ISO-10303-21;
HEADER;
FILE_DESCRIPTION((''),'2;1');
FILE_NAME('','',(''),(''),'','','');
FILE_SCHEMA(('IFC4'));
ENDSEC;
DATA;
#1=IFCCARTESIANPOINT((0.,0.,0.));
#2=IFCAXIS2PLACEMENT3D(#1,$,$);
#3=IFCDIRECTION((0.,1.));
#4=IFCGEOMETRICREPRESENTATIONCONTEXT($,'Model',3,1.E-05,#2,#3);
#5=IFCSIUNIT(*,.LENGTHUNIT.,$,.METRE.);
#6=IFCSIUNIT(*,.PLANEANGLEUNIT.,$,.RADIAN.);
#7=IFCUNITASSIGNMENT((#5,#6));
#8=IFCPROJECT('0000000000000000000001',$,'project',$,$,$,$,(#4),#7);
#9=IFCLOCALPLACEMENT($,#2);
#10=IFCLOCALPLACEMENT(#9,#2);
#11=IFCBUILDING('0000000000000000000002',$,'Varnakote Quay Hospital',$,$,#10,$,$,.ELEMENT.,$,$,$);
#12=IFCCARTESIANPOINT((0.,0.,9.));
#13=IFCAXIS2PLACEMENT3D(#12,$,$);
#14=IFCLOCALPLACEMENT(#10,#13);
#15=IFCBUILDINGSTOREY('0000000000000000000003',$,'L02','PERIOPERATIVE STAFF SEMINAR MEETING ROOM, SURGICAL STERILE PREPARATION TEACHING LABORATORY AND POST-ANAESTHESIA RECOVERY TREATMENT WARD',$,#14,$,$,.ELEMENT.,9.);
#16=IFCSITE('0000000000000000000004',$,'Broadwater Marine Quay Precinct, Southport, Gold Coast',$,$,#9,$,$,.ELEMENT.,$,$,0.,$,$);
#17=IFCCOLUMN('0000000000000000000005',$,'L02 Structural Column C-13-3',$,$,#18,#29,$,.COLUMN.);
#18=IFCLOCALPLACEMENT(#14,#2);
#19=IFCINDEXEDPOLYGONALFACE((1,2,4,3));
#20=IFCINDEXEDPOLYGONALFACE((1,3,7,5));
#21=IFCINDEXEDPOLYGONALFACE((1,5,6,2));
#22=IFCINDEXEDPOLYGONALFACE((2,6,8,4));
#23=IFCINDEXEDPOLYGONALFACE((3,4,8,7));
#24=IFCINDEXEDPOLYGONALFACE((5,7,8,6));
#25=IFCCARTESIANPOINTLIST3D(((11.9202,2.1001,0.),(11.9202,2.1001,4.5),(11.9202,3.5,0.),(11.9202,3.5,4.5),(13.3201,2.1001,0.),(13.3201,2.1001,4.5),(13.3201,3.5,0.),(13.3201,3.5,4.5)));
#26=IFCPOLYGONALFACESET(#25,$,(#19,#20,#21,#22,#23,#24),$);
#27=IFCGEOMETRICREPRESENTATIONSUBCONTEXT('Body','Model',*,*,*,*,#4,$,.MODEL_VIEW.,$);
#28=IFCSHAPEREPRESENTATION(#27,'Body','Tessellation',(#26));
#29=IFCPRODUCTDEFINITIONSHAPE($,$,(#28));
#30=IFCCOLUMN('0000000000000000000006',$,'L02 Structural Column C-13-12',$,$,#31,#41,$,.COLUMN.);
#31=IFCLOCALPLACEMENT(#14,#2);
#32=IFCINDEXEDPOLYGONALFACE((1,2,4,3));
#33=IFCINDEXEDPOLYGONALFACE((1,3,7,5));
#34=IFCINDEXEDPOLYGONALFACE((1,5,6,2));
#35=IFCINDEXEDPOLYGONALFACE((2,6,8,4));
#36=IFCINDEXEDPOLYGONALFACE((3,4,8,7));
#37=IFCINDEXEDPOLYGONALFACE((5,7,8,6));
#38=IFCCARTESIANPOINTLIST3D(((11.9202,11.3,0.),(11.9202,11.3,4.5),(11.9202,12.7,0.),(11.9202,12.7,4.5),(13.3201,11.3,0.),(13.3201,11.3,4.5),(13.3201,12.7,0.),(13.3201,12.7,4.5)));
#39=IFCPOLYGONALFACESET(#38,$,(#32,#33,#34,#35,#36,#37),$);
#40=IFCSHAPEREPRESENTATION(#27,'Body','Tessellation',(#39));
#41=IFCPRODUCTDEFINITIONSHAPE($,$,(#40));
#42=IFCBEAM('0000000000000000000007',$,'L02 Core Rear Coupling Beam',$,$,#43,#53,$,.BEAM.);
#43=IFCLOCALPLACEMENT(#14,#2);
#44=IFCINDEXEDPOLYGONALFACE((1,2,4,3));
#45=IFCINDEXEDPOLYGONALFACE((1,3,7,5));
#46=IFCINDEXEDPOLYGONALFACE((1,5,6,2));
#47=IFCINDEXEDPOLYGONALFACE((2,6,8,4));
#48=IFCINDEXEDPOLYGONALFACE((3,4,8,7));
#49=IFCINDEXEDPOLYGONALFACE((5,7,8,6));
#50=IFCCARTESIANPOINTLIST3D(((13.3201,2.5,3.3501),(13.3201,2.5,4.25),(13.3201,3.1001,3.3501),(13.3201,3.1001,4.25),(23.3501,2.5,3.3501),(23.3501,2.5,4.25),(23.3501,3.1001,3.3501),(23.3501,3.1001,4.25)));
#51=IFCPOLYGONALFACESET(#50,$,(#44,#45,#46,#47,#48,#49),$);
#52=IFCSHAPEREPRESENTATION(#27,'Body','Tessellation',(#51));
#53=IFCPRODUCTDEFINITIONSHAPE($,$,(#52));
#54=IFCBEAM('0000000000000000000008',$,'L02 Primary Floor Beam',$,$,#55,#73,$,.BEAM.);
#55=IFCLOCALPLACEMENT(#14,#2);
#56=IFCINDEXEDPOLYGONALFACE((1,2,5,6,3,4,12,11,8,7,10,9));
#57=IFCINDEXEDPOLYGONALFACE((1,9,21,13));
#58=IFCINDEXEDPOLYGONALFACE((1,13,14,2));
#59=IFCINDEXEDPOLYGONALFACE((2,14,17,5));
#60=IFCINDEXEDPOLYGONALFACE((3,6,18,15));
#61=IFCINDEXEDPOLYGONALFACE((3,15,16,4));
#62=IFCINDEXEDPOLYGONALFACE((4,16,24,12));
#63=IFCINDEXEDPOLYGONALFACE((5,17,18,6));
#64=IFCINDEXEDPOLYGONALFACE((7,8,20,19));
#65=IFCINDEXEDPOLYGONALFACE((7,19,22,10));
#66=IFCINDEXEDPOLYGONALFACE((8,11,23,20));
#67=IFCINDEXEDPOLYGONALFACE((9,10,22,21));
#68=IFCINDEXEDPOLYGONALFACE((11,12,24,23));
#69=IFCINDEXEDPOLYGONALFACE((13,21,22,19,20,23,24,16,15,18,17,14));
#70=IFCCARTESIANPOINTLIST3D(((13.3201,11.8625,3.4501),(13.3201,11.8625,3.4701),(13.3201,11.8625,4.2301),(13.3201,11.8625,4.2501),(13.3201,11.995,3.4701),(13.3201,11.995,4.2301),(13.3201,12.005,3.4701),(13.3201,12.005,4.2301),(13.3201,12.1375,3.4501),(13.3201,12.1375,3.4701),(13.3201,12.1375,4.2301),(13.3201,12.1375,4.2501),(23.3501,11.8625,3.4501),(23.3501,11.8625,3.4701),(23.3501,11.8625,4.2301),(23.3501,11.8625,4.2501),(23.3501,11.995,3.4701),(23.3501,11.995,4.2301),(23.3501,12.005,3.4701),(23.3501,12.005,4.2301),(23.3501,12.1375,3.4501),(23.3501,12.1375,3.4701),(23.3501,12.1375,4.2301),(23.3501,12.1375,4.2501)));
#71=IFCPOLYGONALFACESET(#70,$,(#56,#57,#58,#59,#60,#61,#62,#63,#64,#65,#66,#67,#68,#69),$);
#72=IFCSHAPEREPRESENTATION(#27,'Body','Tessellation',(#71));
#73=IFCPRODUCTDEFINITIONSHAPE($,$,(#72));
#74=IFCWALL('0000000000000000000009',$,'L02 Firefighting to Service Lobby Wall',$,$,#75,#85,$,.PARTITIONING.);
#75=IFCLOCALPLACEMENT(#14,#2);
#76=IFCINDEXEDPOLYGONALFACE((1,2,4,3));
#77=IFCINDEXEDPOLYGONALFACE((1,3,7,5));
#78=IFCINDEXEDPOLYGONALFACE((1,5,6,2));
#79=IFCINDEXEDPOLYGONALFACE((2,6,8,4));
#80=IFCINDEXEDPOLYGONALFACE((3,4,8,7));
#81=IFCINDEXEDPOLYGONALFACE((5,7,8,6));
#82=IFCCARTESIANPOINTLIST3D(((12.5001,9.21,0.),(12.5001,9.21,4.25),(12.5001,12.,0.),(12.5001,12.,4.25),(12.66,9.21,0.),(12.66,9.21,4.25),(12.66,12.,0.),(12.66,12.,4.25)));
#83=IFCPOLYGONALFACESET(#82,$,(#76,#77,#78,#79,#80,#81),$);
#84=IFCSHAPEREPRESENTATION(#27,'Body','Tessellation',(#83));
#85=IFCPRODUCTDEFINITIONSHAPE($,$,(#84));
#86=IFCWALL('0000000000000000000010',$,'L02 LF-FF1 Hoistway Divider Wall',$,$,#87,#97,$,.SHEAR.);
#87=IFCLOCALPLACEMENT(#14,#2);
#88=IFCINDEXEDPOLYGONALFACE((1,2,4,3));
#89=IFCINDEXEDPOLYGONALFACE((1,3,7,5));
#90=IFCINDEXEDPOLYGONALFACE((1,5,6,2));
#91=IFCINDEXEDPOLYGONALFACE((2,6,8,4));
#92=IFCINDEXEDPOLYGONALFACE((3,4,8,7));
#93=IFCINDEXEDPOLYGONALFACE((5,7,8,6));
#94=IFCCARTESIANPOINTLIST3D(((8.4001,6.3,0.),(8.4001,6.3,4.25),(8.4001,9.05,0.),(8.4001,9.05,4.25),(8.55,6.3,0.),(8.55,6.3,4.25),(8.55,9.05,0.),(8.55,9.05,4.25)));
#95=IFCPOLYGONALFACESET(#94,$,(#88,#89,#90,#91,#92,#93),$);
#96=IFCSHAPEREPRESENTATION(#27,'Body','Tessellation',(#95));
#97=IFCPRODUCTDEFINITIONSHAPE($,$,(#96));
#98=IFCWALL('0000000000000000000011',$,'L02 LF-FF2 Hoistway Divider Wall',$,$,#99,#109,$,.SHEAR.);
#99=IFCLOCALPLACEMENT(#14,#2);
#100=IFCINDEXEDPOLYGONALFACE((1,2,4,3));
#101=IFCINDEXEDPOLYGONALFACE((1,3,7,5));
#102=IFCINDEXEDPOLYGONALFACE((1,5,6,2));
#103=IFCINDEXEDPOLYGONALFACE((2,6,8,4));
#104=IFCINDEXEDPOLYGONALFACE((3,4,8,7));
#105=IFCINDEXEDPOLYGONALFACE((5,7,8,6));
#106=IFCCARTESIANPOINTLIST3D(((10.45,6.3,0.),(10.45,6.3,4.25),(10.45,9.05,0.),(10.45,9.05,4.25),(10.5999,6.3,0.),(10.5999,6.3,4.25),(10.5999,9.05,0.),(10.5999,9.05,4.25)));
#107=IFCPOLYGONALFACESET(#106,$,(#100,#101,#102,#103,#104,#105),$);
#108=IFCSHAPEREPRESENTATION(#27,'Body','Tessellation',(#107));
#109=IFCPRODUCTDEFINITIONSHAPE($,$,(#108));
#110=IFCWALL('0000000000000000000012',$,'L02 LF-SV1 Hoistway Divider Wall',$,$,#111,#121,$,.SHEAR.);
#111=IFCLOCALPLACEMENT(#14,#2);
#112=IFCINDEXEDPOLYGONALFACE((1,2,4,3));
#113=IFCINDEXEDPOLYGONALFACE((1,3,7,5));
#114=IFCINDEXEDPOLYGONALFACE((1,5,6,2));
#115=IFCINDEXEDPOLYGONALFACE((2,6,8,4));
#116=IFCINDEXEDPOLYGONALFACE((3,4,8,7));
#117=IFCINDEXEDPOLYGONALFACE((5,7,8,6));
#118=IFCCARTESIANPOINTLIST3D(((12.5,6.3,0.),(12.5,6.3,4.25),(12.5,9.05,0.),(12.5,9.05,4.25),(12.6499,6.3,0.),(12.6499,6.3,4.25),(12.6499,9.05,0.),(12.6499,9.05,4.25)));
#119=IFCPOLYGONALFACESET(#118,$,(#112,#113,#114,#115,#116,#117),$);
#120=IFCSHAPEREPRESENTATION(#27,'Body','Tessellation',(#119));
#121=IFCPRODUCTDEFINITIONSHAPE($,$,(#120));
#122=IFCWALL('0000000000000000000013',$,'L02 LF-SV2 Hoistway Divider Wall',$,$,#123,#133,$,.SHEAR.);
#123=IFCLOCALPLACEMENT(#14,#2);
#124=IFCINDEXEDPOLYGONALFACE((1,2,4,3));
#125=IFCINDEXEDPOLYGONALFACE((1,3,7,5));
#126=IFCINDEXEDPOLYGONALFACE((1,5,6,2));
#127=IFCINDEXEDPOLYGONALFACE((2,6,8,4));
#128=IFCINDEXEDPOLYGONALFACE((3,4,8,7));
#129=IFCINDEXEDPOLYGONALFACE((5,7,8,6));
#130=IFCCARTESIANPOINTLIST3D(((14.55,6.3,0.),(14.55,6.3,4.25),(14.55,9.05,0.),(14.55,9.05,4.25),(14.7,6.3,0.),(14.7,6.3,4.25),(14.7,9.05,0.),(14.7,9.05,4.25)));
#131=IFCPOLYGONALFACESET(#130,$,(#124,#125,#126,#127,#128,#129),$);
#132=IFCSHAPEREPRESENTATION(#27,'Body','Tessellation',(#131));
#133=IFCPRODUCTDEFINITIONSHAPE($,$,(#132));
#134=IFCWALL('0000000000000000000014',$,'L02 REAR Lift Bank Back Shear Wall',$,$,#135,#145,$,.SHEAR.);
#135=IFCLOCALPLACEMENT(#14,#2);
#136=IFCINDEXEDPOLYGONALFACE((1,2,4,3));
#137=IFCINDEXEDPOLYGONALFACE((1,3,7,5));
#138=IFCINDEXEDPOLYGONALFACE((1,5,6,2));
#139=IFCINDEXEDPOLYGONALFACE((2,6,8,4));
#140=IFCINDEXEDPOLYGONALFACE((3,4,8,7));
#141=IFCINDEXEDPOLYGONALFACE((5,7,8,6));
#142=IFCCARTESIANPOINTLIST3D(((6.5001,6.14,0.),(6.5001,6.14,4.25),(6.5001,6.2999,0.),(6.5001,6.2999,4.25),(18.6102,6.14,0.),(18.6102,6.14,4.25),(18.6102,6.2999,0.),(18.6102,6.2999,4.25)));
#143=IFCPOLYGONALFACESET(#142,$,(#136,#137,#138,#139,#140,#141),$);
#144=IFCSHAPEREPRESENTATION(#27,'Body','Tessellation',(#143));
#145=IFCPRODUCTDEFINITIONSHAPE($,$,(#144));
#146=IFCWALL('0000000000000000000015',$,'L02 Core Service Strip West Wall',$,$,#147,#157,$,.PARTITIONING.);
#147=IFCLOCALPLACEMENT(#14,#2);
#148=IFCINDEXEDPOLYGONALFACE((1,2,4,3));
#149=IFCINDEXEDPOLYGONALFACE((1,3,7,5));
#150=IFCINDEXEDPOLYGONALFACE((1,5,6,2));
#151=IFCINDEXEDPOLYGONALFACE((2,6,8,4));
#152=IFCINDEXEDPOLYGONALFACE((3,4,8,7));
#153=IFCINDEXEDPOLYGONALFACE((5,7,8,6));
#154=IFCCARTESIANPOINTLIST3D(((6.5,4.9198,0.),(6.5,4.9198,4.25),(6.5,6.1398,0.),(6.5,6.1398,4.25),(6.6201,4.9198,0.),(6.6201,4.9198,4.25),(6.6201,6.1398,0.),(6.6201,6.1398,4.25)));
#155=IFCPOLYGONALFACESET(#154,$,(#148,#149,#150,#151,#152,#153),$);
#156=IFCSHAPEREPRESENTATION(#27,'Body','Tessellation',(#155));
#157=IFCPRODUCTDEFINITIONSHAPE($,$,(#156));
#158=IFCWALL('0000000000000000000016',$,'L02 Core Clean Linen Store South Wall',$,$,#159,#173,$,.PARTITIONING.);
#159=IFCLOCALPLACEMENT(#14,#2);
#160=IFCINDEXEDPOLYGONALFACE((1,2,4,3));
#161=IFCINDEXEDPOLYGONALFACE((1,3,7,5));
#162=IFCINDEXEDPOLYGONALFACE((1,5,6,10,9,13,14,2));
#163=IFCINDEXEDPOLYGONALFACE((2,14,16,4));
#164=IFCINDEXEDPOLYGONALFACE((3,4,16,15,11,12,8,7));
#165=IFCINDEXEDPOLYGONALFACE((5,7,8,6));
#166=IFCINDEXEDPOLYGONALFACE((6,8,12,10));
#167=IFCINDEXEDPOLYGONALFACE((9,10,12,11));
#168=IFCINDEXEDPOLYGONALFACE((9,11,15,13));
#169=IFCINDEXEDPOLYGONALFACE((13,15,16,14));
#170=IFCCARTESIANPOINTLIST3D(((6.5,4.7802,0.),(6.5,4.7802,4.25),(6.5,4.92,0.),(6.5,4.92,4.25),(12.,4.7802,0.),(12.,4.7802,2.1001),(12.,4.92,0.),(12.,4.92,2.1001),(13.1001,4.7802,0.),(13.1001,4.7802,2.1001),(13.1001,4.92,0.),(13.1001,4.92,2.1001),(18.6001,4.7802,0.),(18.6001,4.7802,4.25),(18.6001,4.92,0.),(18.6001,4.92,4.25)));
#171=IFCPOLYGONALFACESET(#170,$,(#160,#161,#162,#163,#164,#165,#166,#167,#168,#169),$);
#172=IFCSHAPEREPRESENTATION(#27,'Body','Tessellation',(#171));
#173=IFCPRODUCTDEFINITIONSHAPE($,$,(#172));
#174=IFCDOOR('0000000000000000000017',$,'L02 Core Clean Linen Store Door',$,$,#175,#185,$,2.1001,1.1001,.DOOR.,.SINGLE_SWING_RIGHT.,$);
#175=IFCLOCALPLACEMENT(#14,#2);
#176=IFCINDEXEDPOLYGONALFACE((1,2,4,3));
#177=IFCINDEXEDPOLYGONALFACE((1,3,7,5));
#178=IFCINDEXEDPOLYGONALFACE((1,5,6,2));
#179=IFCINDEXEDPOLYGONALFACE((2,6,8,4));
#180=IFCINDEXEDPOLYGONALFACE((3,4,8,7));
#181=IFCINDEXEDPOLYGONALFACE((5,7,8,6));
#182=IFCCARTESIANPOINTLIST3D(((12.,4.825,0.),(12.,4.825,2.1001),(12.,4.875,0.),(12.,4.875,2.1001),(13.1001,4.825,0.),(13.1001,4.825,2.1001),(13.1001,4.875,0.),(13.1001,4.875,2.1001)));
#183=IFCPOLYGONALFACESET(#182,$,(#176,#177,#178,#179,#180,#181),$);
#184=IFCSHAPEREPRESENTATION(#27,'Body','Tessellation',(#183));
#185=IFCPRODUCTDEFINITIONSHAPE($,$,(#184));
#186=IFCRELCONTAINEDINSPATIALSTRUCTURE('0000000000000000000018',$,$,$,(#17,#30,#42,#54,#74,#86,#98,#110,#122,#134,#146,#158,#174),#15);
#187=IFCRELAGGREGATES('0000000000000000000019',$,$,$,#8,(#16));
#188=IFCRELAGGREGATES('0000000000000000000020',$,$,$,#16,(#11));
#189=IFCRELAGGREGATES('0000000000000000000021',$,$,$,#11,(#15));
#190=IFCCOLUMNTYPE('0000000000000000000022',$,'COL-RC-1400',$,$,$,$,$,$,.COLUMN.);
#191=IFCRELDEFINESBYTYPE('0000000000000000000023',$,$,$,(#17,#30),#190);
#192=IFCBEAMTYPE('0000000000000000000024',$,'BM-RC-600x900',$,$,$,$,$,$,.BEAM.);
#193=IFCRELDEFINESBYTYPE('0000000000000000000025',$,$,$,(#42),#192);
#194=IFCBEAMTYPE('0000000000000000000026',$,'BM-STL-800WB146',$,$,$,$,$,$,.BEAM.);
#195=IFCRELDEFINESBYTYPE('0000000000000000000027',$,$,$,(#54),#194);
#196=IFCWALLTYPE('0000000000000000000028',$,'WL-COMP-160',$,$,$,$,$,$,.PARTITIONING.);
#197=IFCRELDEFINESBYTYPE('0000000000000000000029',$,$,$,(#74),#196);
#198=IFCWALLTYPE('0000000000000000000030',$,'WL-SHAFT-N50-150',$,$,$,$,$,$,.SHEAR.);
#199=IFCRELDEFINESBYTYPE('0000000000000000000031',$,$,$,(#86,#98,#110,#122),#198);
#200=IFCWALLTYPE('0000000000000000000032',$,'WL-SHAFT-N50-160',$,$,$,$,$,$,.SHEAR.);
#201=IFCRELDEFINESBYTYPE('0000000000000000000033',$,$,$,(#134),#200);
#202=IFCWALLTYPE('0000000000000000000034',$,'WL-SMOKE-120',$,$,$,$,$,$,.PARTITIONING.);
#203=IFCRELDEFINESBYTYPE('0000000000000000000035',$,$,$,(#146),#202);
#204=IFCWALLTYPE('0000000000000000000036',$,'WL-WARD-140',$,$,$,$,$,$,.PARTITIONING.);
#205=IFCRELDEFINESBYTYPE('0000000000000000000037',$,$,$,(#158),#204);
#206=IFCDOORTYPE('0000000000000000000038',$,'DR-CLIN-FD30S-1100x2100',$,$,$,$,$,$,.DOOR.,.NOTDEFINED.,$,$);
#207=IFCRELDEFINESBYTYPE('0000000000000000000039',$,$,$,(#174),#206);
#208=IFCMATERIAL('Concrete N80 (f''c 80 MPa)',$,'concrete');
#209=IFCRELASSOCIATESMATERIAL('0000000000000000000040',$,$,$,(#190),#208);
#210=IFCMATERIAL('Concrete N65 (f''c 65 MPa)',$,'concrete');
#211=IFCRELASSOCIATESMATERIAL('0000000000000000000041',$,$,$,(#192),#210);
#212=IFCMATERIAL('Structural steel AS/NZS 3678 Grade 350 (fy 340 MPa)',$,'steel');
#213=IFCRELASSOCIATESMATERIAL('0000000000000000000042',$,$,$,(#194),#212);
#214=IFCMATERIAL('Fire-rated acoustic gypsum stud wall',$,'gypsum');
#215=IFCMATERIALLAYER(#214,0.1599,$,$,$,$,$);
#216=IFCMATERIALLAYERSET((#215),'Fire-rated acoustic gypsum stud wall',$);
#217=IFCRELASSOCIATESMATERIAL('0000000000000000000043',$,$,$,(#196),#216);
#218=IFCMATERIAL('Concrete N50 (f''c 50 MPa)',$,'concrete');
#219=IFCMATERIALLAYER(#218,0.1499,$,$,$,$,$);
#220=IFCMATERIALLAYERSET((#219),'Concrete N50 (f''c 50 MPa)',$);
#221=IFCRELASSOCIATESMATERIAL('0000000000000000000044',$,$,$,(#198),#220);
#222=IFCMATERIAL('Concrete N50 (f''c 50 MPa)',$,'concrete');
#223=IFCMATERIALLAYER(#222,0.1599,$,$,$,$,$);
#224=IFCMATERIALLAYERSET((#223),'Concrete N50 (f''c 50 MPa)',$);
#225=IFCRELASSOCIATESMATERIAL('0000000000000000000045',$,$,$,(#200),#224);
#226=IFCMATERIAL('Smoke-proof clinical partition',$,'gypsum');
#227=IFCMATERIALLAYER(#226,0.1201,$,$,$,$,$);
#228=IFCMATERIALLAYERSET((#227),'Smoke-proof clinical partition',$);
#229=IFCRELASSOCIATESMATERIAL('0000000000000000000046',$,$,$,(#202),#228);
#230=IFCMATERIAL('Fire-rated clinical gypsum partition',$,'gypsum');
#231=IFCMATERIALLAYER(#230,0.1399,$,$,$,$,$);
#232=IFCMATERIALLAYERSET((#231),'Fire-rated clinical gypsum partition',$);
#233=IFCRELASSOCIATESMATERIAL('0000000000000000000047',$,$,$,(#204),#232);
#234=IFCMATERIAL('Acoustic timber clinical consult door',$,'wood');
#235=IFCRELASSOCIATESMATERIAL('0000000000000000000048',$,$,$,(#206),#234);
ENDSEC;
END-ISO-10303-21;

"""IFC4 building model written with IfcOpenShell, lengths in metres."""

from ifc_helpers import new_model, si_unit, direction, frame, frame_2d, origin, origin_2d, place, context, subcontext, project, spatial, rectangle, i_section, extrude, material, layer, layer_set, material_profile, profile_set, type_object, element, fill, save


model = new_model("IFC4")

# Units and contexts
model_context = context("Model", 3, precision=1e-05, world=origin(), true_north=direction((0.0, 1.0)))
body_context = subcontext(model_context, "Body", "Model", "MODEL_VIEW")
ifc_project = project(units=[si_unit("LENGTHUNIT", "METRE"), si_unit("PLANEANGLEUNIT", "RADIAN")], contexts=[model_context])

# Site, building, storey
site_placement = place(None, origin())
site = spatial("IfcSite", under=ifc_project, at=site_placement, Name="Broadwater Marine Quay Precinct, Southport, Gold Coast", CompositionType="ELEMENT", RefElevation=0.0)
building_placement = place(site_placement, origin())
building = spatial("IfcBuilding", under=site, at=building_placement, Name="Varnakote Quay Hospital", CompositionType="ELEMENT")
storey_placement = place(building_placement, frame((0.0, 0.0, 9.0)))
storey = spatial("IfcBuildingStorey", under=building, at=storey_placement, Name="L02", Description="PERIOPERATIVE STAFF SEMINAR MEETING ROOM, SURGICAL STERILE PREPARATION TEACHING LABORATORY AND POST-ANAESTHESIA RECOVERY TREATMENT WARD", CompositionType="ELEMENT", Elevation=9.0)

# Columns
ifc_material_1 = material(Name="Concrete N80 (f'c 80 MPa)", Category="concrete")
ifc_material_profile_1 = material_profile(ifc_material_1, rectangle(XDim=1.3999, YDim=1.3999, at=origin_2d()), Name="RC-COL-1400x1400")
ifc_profile_set_1 = profile_set([ifc_material_profile_1], Name="Concrete N80 (f'c 80 MPa)")
column_type = type_object("IfcColumnType", Name="COL-RC-1400", PredefinedType="COLUMN", material=ifc_profile_set_1)
for number, where, z_axis, x_axis, name in (
    (1, (12.6201, 2.8, 0.0), (0.0, 0.0, 1.0), (1.0, 0.0, 0.0), "L02 Structural Column C-13-3"),
    (2, (12.6201, 12.0, 0.0), (0.0, 0.0, 1.0), (1.0, 0.0, 0.0), "L02 Structural Column C-13-12"),
):
    element("IfcColumn", number, at=place(storey_placement, frame(where, z_axis=z_axis, x_axis=x_axis)), inside=storey, type_object=column_type, Name=name, PredefinedType="COLUMN", context=body_context, shape_type="SweptSolid", body=[
        extrude(rectangle(XDim=1.3999, YDim=1.3999, at=origin_2d()), origin(), (0.0, 0.0, 1.0), 4.5),
    ])

# Beams
ifc_material_2 = material(Name="Concrete N65 (f'c 65 MPa)", Category="concrete")
ifc_material_profile_2 = material_profile(ifc_material_2, rectangle(XDim=0.6001, YDim=0.8999, at=origin_2d()), Name="RC-BM-600x900")
ifc_profile_set_2 = profile_set([ifc_material_profile_2], Name="Concrete N65 (f'c 65 MPa)")
beam_type_1 = type_object("IfcBeamType", Name="BM-RC-600x900", PredefinedType="BEAM", material=ifc_profile_set_2)
beam_1_placement = place(storey_placement, frame((13.3201, 2.8, 3.8), z_axis=(1.0, 0.0, 0.0), x_axis=(0.0, 1.0, 0.0)))
element("IfcBeam", 3, at=beam_1_placement, inside=storey, type_object=beam_type_1, Name="L02 Core Rear Coupling Beam", PredefinedType="BEAM", context=body_context, shape_type="SweptSolid", body=[
    extrude(rectangle(XDim=0.6001, YDim=0.8999, at=origin_2d()), origin(), (0.0, 0.0, 1.0), 10.03),
])
ifc_material_3 = material(Name="Structural steel AS/NZS 3678 Grade 350 (fy 340 MPa)", Category="steel")
ifc_material_profile_3 = material_profile(ifc_material_3, i_section(OverallWidth=0.2749, OverallDepth=0.8, WebThickness=0.01, FlangeThickness=0.02, at=origin_2d()), Name="800WB146")
ifc_profile_set_3 = profile_set([ifc_material_profile_3], Name="Structural steel AS/NZS 3678 Grade 350 (fy 340 MPa)")
beam_type_2 = type_object("IfcBeamType", Name="BM-STL-800WB146", PredefinedType="BEAM", material=ifc_profile_set_3)
beam_2_placement = place(storey_placement, frame((13.3201, 12.0, 3.8501), z_axis=(1.0, 0.0, 0.0), x_axis=(0.0, 1.0, 0.0)))
element("IfcBeam", 4, at=beam_2_placement, inside=storey, type_object=beam_type_2, Name="L02 Primary Floor Beam", PredefinedType="BEAM", context=body_context, shape_type="SweptSolid", body=[
    extrude(i_section(OverallWidth=0.2749, OverallDepth=0.8, WebThickness=0.01, FlangeThickness=0.02, at=origin_2d()), origin(), (0.0, 0.0, 1.0), 10.03),
])

# Walls
ifc_material_4 = material(Name="Fire-rated acoustic gypsum stud wall", Category="gypsum")
ifc_layer_1 = layer(ifc_material_4, 0.1599)
ifc_layer_set_1 = layer_set([ifc_layer_1], Name="Fire-rated acoustic gypsum stud wall")
wall_type_1 = type_object("IfcWallType", Name="WL-COMP-160", PredefinedType="PARTITIONING", material=ifc_layer_set_1)
wall_1_placement = place(storey_placement, frame((12.5801, 9.21, 0.0), z_axis=(0.0, 0.0, 1.0), x_axis=(0.0, 1.0, 0.0)))
element("IfcWall", 5, at=wall_1_placement, inside=storey, type_object=wall_type_1, Name="L02 Firefighting to Service Lobby Wall", PredefinedType="PARTITIONING", context=body_context, shape_type="SweptSolid", body=[
    extrude(rectangle(XDim=2.79, YDim=0.1599, at=frame_2d((1.395, 0.0))), origin(), (0.0, 0.0, 1.0), 4.25),
])
ifc_material_5 = material(Name="Concrete N50 (f'c 50 MPa)", Category="concrete")
ifc_layer_2 = layer(ifc_material_5, 0.1499)
ifc_layer_set_2 = layer_set([ifc_layer_2], Name="Concrete N50 (f'c 50 MPa)")
wall_type_2 = type_object("IfcWallType", Name="WL-SHAFT-N50-150", PredefinedType="SHEAR", material=ifc_layer_set_2)
for number, where, z_axis, x_axis, name in (
    (6, (8.4751, 6.3, 0.0), (0.0, 0.0, 1.0), (0.0, 1.0, 0.0), "L02 LF-FF1 Hoistway Divider Wall"),
    (7, (10.5249, 6.3, 0.0), (0.0, 0.0, 1.0), (0.0, 1.0, 0.0), "L02 LF-FF2 Hoistway Divider Wall"),
    (8, (12.575, 6.3, 0.0), (0.0, 0.0, 1.0), (0.0, 1.0, 0.0), "L02 LF-SV1 Hoistway Divider Wall"),
    (9, (14.625, 6.3, 0.0), (0.0, 0.0, 1.0), (0.0, 1.0, 0.0), "L02 LF-SV2 Hoistway Divider Wall"),
):
    element("IfcWall", number, at=place(storey_placement, frame(where, z_axis=z_axis, x_axis=x_axis)), inside=storey, type_object=wall_type_2, Name=name, PredefinedType="SHEAR", context=body_context, shape_type="SweptSolid", body=[
        extrude(rectangle(XDim=2.75, YDim=0.1499, at=frame_2d((1.375, 0.0))), origin(), (0.0, 0.0, 1.0), 4.25),
    ])
ifc_material_6 = material(Name="Concrete N50 (f'c 50 MPa)", Category="concrete")
ifc_layer_3 = layer(ifc_material_6, 0.1599)
ifc_layer_set_3 = layer_set([ifc_layer_3], Name="Concrete N50 (f'c 50 MPa)")
wall_type_3 = type_object("IfcWallType", Name="WL-SHAFT-N50-160", PredefinedType="SHEAR", material=ifc_layer_set_3)
wall_2_placement = place(storey_placement, frame((6.5, 6.22, 0.0), z_axis=(0.0, 0.0, 1.0), x_axis=(1.0, 0.0, 0.0)))
element("IfcWall", 10, at=wall_2_placement, inside=storey, type_object=wall_type_3, Name="L02 REAR Lift Bank Back Shear Wall", PredefinedType="SHEAR", context=body_context, shape_type="SweptSolid", body=[
    extrude(rectangle(XDim=12.1101, YDim=0.1599, at=frame_2d((6.0552, 0.0))), origin(), (0.0, 0.0, 1.0), 4.25),
])

# Wall
ifc_material_7 = material(Name="Smoke-proof clinical partition", Category="gypsum")
ifc_layer_4 = layer(ifc_material_7, 0.1201)
ifc_layer_set_4 = layer_set([ifc_layer_4], Name="Smoke-proof clinical partition")
wall_type_4 = type_object("IfcWallType", Name="WL-SMOKE-120", PredefinedType="PARTITIONING", material=ifc_layer_set_4)
wall_3_placement = place(storey_placement, frame((6.5601, 4.9199, 0.0), z_axis=(0.0, 0.0, 1.0), x_axis=(0.0, 1.0, 0.0)))
element("IfcWall", 11, at=wall_3_placement, inside=storey, type_object=wall_type_4, Name="L02 Core Service Strip West Wall", PredefinedType="PARTITIONING", context=body_context, shape_type="SweptSolid", body=[
    extrude(rectangle(XDim=1.22, YDim=0.1201, at=frame_2d((0.6099, 0.0))), origin(), (0.0, 0.0, 1.0), 4.25),
])

# Wall, opening, door
ifc_material_8 = material(Name="Fire-rated clinical gypsum partition", Category="gypsum")
ifc_layer_5 = layer(ifc_material_8, 0.1399)
ifc_layer_set_5 = layer_set([ifc_layer_5], Name="Fire-rated clinical gypsum partition")
wall_type_5 = type_object("IfcWallType", Name="WL-WARD-140", PredefinedType="PARTITIONING", material=ifc_layer_set_5)
wall_4_placement = place(storey_placement, frame((6.5, 4.8501, 0.0), z_axis=(0.0, 0.0, 1.0), x_axis=(1.0, 0.0, 0.0)))
wall_4 = element("IfcWall", 12, at=wall_4_placement, inside=storey, type_object=wall_type_5, Name="L02 Core Clean Linen Store South Wall", PredefinedType="PARTITIONING", context=body_context, shape_type="SweptSolid", body=[
    extrude(rectangle(XDim=12.1001, YDim=0.1399, at=frame_2d((6.05, 0.0))), origin(), (0.0, 0.0, 1.0), 4.25),
])
opening_1_placement = place(wall_4_placement, frame((5.5, 0.0, 0.0)))
opening_1 = element("IfcOpeningElement", 13, at=opening_1_placement, cuts=wall_4, PredefinedType="OPENING", context=body_context, shape_type="SweptSolid", body=[
    extrude(rectangle(XDim=1.1001, YDim=2.1001, at=frame_2d((0.55, 1.05))), frame((0.0, 0.0798, 0.0), z_axis=(0.0, -1.0, 0.0), x_axis=(1.0, 0.0, 0.0)), (0.0, 0.0, 1.0), 0.1599),
])
ifc_material_9 = material(Name="Acoustic timber clinical consult door", Category="wood")
door_type_1 = type_object("IfcDoorType", Name="DR-CLIN-FD30S-1100x2100", OperationType="NOTDEFINED", PredefinedType="DOOR", material=ifc_material_9)
door_1_placement = place(opening_1_placement, origin())
door_1 = element("IfcDoor", 14, at=door_1_placement, inside=storey, type_object=door_type_1, Name="L02 Core Clean Linen Store Door", OperationType="SINGLE_SWING_RIGHT", OverallHeight=2.1001, OverallWidth=1.1001, PredefinedType="DOOR", context=body_context, shape_type="SweptSolid", body=[
    extrude(rectangle(XDim=1.1001, YDim=2.1001, at=frame_2d((0.55, 1.05))), frame((0.0, 0.0249, 0.0), z_axis=(0.0, -1.0, 0.0), x_axis=(1.0, 0.0, 0.0)), (0.0, 0.0, 1.0), 0.05),
])
fill(opening_1, door_1)

save(model, "model.ifc")
